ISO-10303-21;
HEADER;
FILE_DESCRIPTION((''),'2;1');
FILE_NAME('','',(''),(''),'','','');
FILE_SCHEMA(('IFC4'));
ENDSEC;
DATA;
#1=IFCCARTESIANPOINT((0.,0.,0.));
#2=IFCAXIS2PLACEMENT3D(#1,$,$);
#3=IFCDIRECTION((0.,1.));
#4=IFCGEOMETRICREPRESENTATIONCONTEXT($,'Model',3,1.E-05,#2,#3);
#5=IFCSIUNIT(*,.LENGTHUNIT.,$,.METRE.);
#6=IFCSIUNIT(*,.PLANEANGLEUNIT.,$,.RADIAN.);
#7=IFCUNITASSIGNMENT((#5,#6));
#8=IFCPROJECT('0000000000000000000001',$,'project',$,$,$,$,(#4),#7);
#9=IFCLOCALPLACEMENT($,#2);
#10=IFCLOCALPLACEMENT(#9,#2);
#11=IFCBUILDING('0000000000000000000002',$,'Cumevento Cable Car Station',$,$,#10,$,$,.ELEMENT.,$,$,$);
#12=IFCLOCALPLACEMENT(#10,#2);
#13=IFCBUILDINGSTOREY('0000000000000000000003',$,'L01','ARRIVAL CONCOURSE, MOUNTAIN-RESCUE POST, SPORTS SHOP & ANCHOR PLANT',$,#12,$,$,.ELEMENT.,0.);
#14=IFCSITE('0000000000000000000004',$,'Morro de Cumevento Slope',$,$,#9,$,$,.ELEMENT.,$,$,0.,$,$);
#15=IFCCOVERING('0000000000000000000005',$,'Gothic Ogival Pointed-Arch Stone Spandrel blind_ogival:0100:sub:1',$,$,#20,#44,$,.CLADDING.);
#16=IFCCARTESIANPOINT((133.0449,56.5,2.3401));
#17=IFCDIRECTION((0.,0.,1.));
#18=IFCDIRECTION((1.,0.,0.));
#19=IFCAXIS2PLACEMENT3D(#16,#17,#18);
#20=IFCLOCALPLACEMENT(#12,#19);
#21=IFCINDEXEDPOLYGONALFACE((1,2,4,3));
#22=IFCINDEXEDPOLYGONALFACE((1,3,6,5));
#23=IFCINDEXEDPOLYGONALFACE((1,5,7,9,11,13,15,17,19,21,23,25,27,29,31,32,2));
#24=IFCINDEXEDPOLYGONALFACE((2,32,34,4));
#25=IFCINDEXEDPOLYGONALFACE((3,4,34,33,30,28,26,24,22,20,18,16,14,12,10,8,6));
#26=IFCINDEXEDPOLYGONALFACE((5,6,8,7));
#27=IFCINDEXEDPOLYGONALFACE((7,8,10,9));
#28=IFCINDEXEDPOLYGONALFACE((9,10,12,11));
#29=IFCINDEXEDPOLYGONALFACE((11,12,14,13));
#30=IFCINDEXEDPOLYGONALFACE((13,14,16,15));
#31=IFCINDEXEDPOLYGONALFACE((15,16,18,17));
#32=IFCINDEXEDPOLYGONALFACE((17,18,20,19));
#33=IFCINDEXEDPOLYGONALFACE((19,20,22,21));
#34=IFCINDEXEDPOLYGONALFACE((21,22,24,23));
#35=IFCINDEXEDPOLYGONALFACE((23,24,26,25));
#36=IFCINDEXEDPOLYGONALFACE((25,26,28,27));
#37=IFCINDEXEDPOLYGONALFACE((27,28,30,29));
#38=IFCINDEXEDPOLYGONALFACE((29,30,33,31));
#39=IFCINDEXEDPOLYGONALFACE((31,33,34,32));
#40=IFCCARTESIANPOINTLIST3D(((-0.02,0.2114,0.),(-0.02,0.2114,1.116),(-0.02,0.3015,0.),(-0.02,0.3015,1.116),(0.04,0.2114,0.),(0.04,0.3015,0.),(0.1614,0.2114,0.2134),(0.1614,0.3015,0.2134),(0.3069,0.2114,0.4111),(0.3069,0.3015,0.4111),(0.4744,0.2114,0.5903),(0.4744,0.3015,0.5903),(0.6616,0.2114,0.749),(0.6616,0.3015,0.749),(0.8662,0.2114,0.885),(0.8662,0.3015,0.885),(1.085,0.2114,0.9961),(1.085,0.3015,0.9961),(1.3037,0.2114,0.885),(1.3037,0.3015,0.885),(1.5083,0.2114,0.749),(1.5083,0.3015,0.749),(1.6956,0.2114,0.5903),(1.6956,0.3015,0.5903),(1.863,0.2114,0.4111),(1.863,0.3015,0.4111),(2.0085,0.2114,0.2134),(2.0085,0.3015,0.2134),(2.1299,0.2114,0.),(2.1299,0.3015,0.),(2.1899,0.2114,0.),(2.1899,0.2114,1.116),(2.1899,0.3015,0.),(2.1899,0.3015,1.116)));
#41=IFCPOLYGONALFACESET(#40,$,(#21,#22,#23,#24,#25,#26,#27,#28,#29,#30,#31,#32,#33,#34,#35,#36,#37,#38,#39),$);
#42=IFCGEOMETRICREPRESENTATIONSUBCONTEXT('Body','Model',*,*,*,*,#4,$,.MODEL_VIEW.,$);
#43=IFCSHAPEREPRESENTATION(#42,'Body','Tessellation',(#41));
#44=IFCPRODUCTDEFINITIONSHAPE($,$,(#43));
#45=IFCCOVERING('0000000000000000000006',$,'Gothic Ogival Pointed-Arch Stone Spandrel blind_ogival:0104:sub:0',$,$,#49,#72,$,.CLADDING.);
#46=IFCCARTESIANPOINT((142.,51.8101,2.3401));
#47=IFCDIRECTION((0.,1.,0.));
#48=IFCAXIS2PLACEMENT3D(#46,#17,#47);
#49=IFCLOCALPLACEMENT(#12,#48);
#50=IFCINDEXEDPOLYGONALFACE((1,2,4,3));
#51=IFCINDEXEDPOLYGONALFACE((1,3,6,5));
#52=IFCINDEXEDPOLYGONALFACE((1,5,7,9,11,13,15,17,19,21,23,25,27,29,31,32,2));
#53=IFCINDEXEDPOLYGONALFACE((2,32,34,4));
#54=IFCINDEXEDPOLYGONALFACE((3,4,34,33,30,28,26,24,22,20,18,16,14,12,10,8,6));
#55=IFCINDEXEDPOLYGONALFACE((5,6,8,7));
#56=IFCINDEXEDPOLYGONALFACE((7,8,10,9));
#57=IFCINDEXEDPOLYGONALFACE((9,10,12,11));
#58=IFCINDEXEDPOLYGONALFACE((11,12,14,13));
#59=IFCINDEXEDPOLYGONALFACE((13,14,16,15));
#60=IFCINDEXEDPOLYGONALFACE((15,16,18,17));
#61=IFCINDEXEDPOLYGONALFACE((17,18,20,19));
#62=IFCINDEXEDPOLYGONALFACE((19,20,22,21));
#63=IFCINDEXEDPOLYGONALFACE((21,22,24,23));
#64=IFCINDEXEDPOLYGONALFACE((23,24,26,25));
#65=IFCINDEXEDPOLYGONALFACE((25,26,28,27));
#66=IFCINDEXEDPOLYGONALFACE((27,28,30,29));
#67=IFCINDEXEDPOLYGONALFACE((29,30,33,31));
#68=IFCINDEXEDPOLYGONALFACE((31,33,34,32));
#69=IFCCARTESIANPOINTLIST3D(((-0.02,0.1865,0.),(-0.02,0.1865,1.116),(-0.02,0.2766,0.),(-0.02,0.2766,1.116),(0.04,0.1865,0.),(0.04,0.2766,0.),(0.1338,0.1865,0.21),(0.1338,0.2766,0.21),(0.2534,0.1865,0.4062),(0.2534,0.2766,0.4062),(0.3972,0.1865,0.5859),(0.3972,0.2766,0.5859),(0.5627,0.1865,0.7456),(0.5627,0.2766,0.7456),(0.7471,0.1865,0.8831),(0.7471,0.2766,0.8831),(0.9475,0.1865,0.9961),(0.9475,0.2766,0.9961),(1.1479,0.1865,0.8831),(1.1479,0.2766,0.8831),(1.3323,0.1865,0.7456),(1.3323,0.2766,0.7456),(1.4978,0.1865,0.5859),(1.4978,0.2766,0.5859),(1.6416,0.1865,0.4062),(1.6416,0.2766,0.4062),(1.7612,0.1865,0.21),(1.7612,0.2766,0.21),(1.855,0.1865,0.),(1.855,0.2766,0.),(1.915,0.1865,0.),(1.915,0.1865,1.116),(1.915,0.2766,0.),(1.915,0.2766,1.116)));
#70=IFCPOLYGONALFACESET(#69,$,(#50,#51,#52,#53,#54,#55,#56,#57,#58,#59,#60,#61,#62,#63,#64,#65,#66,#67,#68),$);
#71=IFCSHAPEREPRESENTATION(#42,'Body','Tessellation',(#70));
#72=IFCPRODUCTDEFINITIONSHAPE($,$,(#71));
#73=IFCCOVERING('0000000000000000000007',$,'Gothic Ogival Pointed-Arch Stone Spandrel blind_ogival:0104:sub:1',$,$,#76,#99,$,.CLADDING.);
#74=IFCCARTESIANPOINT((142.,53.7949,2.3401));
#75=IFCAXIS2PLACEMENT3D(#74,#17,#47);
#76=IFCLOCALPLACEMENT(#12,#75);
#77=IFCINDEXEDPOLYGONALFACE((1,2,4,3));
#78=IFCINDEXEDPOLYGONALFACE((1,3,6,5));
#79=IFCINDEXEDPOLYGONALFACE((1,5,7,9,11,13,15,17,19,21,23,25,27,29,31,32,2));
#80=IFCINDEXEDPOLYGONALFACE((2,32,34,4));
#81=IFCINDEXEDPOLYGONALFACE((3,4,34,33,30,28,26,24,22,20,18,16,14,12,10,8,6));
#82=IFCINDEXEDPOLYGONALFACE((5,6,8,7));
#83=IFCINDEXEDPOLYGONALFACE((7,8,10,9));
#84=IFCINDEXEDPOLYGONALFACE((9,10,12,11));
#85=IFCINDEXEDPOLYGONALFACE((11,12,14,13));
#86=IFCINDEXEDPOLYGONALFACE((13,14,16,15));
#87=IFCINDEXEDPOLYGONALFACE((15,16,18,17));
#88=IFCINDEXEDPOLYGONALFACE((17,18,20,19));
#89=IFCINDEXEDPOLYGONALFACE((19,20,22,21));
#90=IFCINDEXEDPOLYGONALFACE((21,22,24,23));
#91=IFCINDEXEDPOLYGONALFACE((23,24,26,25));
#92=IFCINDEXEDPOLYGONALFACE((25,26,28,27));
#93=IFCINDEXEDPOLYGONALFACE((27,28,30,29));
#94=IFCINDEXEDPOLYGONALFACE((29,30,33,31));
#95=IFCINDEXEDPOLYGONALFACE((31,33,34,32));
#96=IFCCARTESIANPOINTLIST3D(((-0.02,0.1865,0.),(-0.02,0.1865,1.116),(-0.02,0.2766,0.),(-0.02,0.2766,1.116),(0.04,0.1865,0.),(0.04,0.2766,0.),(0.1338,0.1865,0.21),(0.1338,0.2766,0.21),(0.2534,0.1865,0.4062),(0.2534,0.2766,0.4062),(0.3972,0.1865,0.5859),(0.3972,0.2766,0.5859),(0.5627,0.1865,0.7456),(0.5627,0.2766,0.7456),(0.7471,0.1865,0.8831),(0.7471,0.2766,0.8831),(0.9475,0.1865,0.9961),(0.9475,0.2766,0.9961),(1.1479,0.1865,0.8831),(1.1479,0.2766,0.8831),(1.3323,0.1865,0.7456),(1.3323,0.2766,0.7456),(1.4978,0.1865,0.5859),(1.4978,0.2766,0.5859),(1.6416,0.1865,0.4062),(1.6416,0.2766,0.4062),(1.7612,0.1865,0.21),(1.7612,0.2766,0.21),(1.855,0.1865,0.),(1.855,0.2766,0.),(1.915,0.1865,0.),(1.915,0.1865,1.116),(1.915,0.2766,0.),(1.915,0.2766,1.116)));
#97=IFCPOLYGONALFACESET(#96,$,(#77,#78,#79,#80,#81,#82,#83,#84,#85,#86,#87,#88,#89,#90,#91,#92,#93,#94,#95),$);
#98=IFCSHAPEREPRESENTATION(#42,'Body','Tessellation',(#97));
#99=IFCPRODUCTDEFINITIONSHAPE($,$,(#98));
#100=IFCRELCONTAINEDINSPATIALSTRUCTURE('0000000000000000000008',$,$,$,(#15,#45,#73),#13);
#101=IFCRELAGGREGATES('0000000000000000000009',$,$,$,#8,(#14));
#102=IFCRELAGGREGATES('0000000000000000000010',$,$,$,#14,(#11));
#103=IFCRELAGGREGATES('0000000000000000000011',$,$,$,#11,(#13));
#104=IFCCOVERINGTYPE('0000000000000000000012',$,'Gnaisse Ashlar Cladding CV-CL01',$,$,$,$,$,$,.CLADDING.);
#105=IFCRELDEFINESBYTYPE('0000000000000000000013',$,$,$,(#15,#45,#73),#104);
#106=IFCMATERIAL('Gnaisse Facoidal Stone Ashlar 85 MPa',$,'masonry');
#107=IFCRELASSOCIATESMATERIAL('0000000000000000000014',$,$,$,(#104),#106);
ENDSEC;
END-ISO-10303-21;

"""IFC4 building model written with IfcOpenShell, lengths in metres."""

from ifc_helpers import new_model, si_unit, direction, frame, origin, place, context, subcontext, project, spatial, polyline, outline, extrude, material, type_object, element, save


model = new_model("IFC4")

# Units and contexts
model_context = context("Model", 3, precision=1e-05, world=origin(), true_north=direction((0.0, 1.0)))
body_context = subcontext(model_context, "Body", "Model", "MODEL_VIEW")
ifc_project = project(units=[si_unit("LENGTHUNIT", "METRE"), si_unit("PLANEANGLEUNIT", "RADIAN")], contexts=[model_context])

# Site, building, storey
site_placement = place(None, origin())
site = spatial("IfcSite", under=ifc_project, at=site_placement, Name="Morro de Cumevento Slope", CompositionType="ELEMENT", RefElevation=0.0)
building_placement = place(site_placement, origin())
building = spatial("IfcBuilding", under=site, at=building_placement, Name="Cumevento Cable Car Station", CompositionType="ELEMENT")
storey_placement = place(building_placement, origin())
storey = spatial("IfcBuildingStorey", under=building, at=storey_placement, Name="L01", Description="ARRIVAL CONCOURSE, MOUNTAIN-RESCUE POST, SPORTS SHOP & ANCHOR PLANT", CompositionType="ELEMENT", Elevation=0.0)

# Coverings
ifc_material_1 = material(Name="Gnaisse Facoidal Stone Ashlar 85 MPa", Category="masonry")
covering_type = type_object("IfcCoveringType", Name="Gnaisse Ashlar Cladding CV-CL01", PredefinedType="CLADDING", material=ifc_material_1)
covering_1_placement = place(storey_placement, frame((133.0449, 56.5, 2.3401), z_axis=(0.0, 0.0, 1.0), x_axis=(1.0, 0.0, 0.0)))
element("IfcCovering", 1, at=covering_1_placement, inside=storey, type_object=covering_type, Name="Gothic Ogival Pointed-Arch Stone Spandrel blind_ogival:0100:sub:1", PredefinedType="CLADDING", context=body_context, shape_type="SweptSolid", body=[
    extrude(outline(polyline([(-0.02, 0.0), (-0.02, 1.116), (2.1899, 1.116), (2.1899, 0.0), (2.1299, 0.0), (2.0085, 0.2134), (1.863, 0.4111), (1.6956, 0.5903), (1.5083, 0.749), (1.3037, 0.885), (1.085, 0.9961), (0.8662, 0.885), (0.6616, 0.749), (0.4744, 0.5903), (0.3069, 0.4111), (0.1614, 0.2134), (0.04, 0.0), (-0.02, 0.0)])), frame((0.0, 0.3015, 0.0), z_axis=(0.0, -1.0, 0.0), x_axis=(1.0, 0.0, 0.0)), (0.0, 0.0, 1.0), 0.0901),
])
for number, where, z_axis, x_axis, name in (
    (2, (142.0, 51.8101, 2.3401), (0.0, 0.0, 1.0), (0.0, 1.0, 0.0), "Gothic Ogival Pointed-Arch Stone Spandrel blind_ogival:0104:sub:0"),
    (3, (142.0, 53.7949, 2.3401), (0.0, 0.0, 1.0), (0.0, 1.0, 0.0), "Gothic Ogival Pointed-Arch Stone Spandrel blind_ogival:0104:sub:1"),
):
    element("IfcCovering", number, at=place(storey_placement, frame(where, z_axis=z_axis, x_axis=x_axis)), inside=storey, type_object=covering_type, Name=name, PredefinedType="CLADDING", context=body_context, shape_type="SweptSolid", body=[
        extrude(outline(polyline([(-0.02, 0.0), (-0.02, 1.116), (1.915, 1.116), (1.915, 0.0), (1.855, 0.0), (1.7612, 0.21), (1.6416, 0.4062), (1.4978, 0.5859), (1.3323, 0.7456), (1.1479, 0.8831), (0.9475, 0.9961), (0.7471, 0.8831), (0.5627, 0.7456), (0.3972, 0.5859), (0.2534, 0.4062), (0.1338, 0.21), (0.04, 0.0), (-0.02, 0.0)])), frame((0.0, 0.2766, 0.0), z_axis=(0.0, -1.0, 0.0), x_axis=(1.0, 0.0, 0.0)), (0.0, 0.0, 1.0), 0.0901),
    ])

save(model, "model.ifc")
